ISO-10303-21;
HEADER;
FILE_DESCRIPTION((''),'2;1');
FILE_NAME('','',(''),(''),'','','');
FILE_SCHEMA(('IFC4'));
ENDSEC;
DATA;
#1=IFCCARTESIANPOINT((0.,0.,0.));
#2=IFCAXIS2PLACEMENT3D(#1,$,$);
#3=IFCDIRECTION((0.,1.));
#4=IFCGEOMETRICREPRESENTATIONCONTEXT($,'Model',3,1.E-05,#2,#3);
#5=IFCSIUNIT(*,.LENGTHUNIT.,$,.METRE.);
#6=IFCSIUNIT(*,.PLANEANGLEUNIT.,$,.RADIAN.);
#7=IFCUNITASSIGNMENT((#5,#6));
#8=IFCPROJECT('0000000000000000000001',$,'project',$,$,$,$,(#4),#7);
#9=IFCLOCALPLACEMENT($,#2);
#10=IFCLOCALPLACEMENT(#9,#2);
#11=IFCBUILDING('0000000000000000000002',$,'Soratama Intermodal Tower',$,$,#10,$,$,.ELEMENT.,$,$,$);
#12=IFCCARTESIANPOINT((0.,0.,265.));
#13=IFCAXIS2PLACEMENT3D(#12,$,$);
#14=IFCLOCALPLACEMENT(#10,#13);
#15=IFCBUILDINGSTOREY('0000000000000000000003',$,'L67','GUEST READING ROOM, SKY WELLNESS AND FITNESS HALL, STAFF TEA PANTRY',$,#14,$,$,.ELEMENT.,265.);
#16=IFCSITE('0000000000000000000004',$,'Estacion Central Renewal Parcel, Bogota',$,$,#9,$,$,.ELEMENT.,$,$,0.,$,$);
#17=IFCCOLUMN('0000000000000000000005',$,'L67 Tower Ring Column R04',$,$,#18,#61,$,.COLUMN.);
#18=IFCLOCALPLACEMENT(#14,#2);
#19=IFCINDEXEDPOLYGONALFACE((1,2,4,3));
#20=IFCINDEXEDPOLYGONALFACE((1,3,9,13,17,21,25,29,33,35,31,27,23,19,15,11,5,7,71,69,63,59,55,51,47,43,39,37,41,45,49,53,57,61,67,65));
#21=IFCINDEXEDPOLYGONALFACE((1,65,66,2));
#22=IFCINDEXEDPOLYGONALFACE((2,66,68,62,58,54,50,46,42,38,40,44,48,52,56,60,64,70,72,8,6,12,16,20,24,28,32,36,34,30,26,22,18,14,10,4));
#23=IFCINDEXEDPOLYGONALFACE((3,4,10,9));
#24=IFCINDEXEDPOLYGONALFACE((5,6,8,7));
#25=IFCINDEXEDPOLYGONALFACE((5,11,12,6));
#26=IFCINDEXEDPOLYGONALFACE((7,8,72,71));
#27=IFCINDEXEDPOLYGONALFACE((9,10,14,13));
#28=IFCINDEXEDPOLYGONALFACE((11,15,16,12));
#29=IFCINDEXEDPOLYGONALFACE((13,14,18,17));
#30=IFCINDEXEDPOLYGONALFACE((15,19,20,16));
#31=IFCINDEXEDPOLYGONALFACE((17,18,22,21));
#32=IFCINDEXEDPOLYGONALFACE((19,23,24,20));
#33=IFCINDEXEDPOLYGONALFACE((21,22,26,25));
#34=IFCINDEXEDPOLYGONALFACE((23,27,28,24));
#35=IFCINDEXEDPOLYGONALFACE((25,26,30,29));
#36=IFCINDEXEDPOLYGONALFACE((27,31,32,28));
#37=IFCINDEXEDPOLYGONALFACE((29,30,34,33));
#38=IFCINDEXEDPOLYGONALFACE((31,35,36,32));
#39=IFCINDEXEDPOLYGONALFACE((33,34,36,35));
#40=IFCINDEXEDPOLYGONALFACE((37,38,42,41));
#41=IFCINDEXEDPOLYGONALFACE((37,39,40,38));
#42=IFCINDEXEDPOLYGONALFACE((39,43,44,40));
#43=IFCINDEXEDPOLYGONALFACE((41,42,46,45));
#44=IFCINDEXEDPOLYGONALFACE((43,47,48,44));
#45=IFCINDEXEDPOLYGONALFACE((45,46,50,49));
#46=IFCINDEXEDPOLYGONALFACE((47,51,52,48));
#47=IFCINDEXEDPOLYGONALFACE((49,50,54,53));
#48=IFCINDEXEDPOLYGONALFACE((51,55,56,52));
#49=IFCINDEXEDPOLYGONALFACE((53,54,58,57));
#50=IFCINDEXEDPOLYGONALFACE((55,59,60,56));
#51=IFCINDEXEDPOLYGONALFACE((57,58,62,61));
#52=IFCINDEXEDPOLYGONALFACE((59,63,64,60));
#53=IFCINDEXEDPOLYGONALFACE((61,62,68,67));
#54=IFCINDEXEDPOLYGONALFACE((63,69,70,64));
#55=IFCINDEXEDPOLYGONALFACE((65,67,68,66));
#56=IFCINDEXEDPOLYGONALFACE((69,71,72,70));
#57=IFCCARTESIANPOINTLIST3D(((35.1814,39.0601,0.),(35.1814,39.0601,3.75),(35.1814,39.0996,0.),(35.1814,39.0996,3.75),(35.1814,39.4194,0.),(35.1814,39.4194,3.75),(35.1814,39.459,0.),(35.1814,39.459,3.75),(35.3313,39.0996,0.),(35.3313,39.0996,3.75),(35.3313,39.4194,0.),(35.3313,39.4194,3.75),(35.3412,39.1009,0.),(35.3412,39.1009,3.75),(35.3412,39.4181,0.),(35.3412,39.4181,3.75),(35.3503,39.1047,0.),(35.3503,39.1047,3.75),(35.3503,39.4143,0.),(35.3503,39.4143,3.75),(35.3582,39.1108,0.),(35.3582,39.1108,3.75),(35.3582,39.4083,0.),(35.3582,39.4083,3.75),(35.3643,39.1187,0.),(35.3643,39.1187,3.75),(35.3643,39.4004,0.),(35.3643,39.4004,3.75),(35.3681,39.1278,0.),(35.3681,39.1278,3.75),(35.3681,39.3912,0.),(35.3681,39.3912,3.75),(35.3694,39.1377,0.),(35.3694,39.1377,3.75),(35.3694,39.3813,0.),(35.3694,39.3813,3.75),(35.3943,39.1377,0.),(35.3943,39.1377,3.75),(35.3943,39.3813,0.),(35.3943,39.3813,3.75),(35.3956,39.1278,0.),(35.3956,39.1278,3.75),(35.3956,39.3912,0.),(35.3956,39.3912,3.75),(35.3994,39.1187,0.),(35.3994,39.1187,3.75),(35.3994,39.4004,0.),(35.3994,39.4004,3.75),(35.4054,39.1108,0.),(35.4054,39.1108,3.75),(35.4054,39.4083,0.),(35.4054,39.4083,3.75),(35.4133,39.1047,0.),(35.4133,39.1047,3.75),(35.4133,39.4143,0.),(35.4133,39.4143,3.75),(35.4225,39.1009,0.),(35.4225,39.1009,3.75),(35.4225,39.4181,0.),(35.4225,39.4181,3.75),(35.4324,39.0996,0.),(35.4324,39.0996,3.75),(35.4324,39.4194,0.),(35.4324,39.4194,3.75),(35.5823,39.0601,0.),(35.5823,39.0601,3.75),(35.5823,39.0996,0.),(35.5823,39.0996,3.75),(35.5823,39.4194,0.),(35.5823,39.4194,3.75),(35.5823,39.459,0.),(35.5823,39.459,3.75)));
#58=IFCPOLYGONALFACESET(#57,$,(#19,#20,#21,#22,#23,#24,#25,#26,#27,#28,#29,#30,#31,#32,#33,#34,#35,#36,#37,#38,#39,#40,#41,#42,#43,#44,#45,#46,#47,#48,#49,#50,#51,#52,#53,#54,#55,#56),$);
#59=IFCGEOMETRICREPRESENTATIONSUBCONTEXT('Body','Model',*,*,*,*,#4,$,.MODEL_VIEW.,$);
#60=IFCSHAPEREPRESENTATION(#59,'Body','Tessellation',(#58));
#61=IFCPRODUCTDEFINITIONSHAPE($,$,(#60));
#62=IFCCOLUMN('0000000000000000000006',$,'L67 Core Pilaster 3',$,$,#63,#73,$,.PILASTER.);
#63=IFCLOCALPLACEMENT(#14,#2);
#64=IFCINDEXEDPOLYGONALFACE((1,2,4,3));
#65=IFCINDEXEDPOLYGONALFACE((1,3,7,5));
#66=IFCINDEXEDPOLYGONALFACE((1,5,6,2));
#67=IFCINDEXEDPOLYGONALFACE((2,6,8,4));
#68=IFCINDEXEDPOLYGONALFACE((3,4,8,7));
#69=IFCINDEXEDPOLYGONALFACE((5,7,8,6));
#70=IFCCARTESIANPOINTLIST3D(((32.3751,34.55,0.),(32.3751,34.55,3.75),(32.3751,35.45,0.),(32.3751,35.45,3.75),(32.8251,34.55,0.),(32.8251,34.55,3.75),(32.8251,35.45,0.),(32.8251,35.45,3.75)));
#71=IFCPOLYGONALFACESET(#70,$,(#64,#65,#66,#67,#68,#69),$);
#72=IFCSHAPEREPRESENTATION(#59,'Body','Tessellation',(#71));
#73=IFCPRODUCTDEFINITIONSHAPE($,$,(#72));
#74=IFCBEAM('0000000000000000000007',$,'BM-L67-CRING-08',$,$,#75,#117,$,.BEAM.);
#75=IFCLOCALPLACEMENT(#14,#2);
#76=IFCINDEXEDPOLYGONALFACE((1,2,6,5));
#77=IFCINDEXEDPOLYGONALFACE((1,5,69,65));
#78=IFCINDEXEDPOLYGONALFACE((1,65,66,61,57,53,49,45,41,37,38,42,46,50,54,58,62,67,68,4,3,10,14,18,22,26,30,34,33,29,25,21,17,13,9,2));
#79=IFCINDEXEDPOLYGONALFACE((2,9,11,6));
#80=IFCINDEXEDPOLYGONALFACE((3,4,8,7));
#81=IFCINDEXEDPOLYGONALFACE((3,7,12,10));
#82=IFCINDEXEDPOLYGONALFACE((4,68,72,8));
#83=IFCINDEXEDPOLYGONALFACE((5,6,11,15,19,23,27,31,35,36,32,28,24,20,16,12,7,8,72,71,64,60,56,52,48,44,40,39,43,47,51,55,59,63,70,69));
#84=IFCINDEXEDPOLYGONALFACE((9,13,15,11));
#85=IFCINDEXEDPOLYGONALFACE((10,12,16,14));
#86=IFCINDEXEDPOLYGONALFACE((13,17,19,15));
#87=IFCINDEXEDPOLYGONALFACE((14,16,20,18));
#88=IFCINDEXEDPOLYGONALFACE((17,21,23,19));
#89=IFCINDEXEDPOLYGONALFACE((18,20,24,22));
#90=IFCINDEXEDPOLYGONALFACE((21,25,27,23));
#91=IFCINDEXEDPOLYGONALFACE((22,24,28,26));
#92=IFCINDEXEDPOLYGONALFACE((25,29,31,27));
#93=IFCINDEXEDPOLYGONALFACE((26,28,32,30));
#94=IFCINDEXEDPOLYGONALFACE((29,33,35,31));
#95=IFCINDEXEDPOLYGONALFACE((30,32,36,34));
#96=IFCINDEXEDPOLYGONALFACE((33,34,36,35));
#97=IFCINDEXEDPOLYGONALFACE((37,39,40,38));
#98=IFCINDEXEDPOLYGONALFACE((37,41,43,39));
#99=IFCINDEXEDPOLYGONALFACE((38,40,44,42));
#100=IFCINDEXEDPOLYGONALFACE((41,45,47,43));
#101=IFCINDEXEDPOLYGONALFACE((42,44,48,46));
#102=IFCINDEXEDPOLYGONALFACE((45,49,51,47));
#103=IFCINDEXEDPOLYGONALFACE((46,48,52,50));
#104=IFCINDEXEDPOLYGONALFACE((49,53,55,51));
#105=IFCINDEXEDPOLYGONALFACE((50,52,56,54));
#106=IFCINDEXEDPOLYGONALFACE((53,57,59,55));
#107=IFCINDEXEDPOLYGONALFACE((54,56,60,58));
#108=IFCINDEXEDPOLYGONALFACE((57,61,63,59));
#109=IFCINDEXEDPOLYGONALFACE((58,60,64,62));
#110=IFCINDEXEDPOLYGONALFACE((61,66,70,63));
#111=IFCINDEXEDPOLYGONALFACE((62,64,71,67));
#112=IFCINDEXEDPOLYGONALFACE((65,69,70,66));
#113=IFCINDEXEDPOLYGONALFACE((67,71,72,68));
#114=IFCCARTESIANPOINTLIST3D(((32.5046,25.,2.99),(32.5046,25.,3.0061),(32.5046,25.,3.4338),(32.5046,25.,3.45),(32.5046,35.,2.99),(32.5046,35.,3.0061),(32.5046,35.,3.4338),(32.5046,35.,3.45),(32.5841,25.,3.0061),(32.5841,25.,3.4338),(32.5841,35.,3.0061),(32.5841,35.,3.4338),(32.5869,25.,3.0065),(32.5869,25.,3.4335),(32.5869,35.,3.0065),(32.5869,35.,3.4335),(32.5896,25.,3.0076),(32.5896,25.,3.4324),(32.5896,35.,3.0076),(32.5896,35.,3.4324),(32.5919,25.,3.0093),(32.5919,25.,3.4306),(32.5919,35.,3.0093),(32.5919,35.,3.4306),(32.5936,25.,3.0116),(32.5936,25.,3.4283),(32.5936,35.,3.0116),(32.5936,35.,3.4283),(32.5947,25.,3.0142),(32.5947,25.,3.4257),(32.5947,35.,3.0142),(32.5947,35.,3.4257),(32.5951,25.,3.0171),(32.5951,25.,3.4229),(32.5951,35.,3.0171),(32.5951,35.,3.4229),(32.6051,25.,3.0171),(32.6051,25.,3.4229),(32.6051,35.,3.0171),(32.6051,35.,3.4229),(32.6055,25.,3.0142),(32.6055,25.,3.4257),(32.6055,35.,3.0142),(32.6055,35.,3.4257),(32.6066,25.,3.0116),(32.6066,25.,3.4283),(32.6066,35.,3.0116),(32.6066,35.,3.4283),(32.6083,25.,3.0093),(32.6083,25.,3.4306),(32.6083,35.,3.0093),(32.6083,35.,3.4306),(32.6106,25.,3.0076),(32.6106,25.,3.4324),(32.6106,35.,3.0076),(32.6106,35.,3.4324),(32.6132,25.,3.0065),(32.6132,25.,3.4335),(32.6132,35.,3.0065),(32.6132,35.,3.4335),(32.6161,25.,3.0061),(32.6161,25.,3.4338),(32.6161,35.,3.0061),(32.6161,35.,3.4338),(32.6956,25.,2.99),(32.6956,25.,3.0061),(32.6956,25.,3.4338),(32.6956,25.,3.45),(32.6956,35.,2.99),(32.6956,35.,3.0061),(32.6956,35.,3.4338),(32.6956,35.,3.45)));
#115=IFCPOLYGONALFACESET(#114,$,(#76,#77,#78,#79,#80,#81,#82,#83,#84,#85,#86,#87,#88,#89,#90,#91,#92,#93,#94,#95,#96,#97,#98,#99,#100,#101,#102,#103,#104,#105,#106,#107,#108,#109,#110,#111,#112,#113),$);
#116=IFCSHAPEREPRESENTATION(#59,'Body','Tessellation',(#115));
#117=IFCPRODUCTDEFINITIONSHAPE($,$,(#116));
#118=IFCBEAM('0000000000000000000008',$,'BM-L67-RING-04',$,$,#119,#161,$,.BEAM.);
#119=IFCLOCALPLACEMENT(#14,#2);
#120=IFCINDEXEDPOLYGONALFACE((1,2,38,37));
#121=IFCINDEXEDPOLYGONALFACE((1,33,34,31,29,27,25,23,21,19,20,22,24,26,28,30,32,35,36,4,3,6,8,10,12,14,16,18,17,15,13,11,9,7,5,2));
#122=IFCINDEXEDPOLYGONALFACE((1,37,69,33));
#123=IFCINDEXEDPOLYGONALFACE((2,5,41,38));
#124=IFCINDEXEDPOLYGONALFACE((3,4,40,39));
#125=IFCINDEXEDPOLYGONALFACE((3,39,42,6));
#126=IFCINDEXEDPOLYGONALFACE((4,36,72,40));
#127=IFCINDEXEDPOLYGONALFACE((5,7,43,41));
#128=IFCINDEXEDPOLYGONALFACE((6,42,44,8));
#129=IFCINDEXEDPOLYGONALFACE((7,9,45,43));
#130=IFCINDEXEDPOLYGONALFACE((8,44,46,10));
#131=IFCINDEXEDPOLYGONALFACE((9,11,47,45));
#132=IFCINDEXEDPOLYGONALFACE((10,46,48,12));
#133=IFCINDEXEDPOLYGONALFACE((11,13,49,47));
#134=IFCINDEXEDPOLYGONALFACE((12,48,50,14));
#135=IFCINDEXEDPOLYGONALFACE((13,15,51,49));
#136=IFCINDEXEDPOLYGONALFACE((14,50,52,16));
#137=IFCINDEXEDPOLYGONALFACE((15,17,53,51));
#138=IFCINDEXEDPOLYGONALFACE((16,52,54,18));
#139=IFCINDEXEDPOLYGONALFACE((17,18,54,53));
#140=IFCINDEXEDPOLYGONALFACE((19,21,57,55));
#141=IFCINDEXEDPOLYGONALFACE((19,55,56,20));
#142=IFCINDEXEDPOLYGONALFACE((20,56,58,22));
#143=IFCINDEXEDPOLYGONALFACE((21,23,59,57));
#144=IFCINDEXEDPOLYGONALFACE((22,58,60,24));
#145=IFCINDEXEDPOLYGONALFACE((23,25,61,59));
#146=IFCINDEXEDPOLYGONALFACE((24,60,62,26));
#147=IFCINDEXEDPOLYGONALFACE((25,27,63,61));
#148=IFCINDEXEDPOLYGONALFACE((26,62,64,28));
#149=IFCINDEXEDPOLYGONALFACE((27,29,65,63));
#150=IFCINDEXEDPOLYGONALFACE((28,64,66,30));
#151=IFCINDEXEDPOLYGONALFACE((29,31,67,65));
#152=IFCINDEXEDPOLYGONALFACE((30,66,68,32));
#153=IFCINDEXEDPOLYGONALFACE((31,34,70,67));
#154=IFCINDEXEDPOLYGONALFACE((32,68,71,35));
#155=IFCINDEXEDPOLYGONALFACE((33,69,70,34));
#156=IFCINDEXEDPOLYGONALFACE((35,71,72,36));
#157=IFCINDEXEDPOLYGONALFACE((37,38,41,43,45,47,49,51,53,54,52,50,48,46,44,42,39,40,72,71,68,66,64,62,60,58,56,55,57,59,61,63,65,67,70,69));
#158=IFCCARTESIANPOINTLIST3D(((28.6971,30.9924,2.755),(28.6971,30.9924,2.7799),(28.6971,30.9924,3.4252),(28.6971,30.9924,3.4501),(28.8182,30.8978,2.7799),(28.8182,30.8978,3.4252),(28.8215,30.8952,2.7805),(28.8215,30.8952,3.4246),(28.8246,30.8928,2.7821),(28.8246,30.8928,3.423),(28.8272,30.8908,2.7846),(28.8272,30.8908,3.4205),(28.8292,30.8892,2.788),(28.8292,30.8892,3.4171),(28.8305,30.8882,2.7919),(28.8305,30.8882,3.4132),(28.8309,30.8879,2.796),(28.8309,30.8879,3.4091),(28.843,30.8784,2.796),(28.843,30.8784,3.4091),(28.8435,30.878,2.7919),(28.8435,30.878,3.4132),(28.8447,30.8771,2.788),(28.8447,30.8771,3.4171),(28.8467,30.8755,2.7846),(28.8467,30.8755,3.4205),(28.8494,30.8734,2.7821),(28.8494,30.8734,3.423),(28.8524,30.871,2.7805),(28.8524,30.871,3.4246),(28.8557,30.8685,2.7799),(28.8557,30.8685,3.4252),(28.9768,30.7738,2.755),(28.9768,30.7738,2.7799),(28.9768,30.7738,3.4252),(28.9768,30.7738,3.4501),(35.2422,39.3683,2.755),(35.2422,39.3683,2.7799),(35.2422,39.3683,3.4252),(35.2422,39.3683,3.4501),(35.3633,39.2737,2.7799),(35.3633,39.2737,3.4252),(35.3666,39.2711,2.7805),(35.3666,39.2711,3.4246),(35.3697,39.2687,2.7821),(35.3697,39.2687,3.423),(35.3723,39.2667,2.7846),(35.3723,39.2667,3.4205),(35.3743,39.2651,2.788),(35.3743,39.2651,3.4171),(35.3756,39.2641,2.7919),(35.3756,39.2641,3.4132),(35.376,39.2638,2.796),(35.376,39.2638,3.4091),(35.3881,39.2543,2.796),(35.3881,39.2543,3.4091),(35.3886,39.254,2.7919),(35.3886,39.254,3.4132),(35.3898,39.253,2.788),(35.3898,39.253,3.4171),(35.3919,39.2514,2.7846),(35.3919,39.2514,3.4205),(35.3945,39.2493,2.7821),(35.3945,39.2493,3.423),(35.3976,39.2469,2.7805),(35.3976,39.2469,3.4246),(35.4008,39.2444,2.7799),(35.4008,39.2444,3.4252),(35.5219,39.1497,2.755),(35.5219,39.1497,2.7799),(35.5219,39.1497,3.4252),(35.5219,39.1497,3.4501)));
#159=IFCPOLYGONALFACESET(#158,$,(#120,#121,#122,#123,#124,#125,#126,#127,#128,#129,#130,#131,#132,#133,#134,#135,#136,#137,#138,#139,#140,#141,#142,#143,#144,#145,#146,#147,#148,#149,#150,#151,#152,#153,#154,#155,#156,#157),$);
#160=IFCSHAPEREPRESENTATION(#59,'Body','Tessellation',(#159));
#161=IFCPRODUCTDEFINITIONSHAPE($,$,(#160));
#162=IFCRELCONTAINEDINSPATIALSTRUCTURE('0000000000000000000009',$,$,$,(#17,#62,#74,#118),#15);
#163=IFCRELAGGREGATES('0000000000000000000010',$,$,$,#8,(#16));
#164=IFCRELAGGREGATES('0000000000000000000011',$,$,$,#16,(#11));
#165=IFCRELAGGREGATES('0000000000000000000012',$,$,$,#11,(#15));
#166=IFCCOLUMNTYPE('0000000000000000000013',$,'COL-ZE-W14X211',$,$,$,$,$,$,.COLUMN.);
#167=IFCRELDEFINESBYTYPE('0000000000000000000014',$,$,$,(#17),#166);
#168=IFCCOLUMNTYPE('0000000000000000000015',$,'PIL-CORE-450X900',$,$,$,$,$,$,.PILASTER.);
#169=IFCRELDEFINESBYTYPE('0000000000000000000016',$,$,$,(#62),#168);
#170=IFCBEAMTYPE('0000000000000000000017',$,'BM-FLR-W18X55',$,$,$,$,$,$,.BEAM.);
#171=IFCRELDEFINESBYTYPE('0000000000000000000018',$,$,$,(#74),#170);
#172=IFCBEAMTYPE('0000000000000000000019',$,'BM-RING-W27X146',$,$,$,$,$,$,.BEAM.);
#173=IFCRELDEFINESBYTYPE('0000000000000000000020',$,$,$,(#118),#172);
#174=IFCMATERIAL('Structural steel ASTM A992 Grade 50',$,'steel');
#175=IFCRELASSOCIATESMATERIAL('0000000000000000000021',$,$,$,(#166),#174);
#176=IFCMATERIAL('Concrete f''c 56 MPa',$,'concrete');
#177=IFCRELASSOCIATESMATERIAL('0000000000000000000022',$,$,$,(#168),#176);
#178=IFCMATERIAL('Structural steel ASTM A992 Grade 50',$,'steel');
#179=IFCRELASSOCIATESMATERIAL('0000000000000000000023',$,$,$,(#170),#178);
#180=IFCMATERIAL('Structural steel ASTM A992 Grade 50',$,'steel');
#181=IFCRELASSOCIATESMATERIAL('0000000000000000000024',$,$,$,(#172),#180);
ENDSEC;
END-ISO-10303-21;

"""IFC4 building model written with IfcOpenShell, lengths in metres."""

from ifc_helpers import new_model, si_unit, direction, frame, origin, origin_2d, place, context, subcontext, project, spatial, rectangle, i_section, extrude, material, material_profile, profile_set, type_object, element, save


model = new_model("IFC4")

# Units and contexts
model_context = context("Model", 3, precision=1e-05, world=origin(), true_north=direction((0.0, 1.0)))
body_context = subcontext(model_context, "Body", "Model", "MODEL_VIEW")
ifc_project = project(units=[si_unit("LENGTHUNIT", "METRE"), si_unit("PLANEANGLEUNIT", "RADIAN")], contexts=[model_context])

# Site, building, storey
site_placement = place(None, origin())
site = spatial("IfcSite", under=ifc_project, at=site_placement, Name="Estacion Central Renewal Parcel, Bogota", CompositionType="ELEMENT", RefElevation=0.0)
building_placement = place(site_placement, origin())
building = spatial("IfcBuilding", under=site, at=building_placement, Name="Soratama Intermodal Tower", CompositionType="ELEMENT")
storey_placement = place(building_placement, frame((0.0, 0.0, 265.0)))
storey = spatial("IfcBuildingStorey", under=building, at=storey_placement, Name="L67", Description="GUEST READING ROOM, SKY WELLNESS AND FITNESS HALL, STAFF TEA PANTRY", CompositionType="ELEMENT", Elevation=265.0)

# Columns
ifc_material_1 = material(Name="Structural steel ASTM A992 Grade 50", Category="steel")
ifc_material_profile_1 = material_profile(ifc_material_1, i_section(OverallWidth=0.4009, OverallDepth=0.3989, WebThickness=0.0249, FlangeThickness=0.0396, FilletRadius=0.0381, at=origin_2d()), Name="W14X211")
ifc_profile_set_1 = profile_set([ifc_material_profile_1], Name="Structural steel ASTM A992 Grade 50")
column_type_1 = type_object("IfcColumnType", Name="COL-ZE-W14X211", PredefinedType="COLUMN", material=ifc_profile_set_1)
column_1_placement = place(storey_placement, frame((35.3818, 39.2595, 0.0), z_axis=(0.0, 0.0, 1.0), x_axis=(1.0, 0.0, 0.0)))
element("IfcColumn", 1, at=column_1_placement, inside=storey, type_object=column_type_1, Name="L67 Tower Ring Column R04", PredefinedType="COLUMN", context=body_context, shape_type="SweptSolid", body=[
    extrude(i_section(OverallWidth=0.4009, OverallDepth=0.3989, WebThickness=0.0249, FlangeThickness=0.0396, FilletRadius=0.0381, at=origin_2d()), origin(), (0.0, 0.0, 1.0), 3.75),
])
ifc_material_2 = material(Name="Concrete f'c 56 MPa", Category="concrete")
ifc_material_profile_2 = material_profile(ifc_material_2, rectangle(XDim=0.45, YDim=0.8999, at=origin_2d()), Name="RC450X900")
ifc_profile_set_2 = profile_set([ifc_material_profile_2], Name="Concrete f'c 56 MPa")
column_type_2 = type_object("IfcColumnType", Name="PIL-CORE-450X900", PredefinedType="PILASTER", material=ifc_profile_set_2)
column_2_placement = place(storey_placement, frame((32.6001, 35.0, 0.0), z_axis=(0.0, 0.0, 1.0), x_axis=(1.0, 0.0, 0.0)))
element("IfcColumn", 2, at=column_2_placement, inside=storey, type_object=column_type_2, Name="L67 Core Pilaster 3", PredefinedType="PILASTER", context=body_context, shape_type="SweptSolid", body=[
    extrude(rectangle(XDim=0.45, YDim=0.8999, at=origin_2d()), origin(), (0.0, 0.0, 1.0), 3.75),
])

# Beams
ifc_material_3 = material(Name="Structural steel ASTM A992 Grade 50", Category="steel")
ifc_material_profile_3 = material_profile(ifc_material_3, i_section(OverallWidth=0.1909, OverallDepth=0.46, WebThickness=0.01, FlangeThickness=0.0161, FilletRadius=0.011, at=origin_2d()), Name="W18X55")
ifc_profile_set_3 = profile_set([ifc_material_profile_3], Name="Structural steel ASTM A992 Grade 50")
beam_type_1 = type_object("IfcBeamType", Name="BM-FLR-W18X55", PredefinedType="BEAM", material=ifc_profile_set_3)
beam_1_placement = place(storey_placement, frame((32.6001, 35.0, 3.22), z_axis=(0.0, -1.0, 0.0), x_axis=(1.0, 0.0, 0.0)))
element("IfcBeam", 3, at=beam_1_placement, inside=storey, type_object=beam_type_1, Name="BM-L67-CRING-08", PredefinedType="BEAM", context=body_context, shape_type="SweptSolid", body=[
    extrude(i_section(OverallWidth=0.1909, OverallDepth=0.46, WebThickness=0.01, FlangeThickness=0.0161, FilletRadius=0.011, at=origin_2d()), origin(), (0.0, 0.0, 1.0), 10.0),
])
ifc_material_4 = material(Name="Structural steel ASTM A992 Grade 50", Category="steel")
ifc_material_profile_4 = material_profile(ifc_material_4, i_section(OverallWidth=0.355, OverallDepth=0.6951, WebThickness=0.0154, FlangeThickness=0.0249, FilletRadius=0.0161, at=origin_2d()), Name="W27X146")
ifc_profile_set_4 = profile_set([ifc_material_profile_4], Name="Structural steel ASTM A992 Grade 50")
beam_type_2 = type_object("IfcBeamType", Name="BM-RING-W27X146", PredefinedType="BEAM", material=ifc_profile_set_4)
beam_2_placement = place(storey_placement, frame((35.3821, 39.259, 3.1025), z_axis=(-0.615728, -0.787959, 0.0), x_axis=(0.787959, -0.615728, 0.0)))
element("IfcBeam", 4, at=beam_2_placement, inside=storey, type_object=beam_type_2, Name="BM-L67-RING-04", PredefinedType="BEAM", context=body_context, shape_type="SweptSolid", body=[
    extrude(i_section(OverallWidth=0.355, OverallDepth=0.6951, WebThickness=0.0154, FlangeThickness=0.0249, FilletRadius=0.0161, at=origin_2d()), origin(), (0.0, 0.0, 1.0), 10.6299),
])

save(model, "model.ifc")
